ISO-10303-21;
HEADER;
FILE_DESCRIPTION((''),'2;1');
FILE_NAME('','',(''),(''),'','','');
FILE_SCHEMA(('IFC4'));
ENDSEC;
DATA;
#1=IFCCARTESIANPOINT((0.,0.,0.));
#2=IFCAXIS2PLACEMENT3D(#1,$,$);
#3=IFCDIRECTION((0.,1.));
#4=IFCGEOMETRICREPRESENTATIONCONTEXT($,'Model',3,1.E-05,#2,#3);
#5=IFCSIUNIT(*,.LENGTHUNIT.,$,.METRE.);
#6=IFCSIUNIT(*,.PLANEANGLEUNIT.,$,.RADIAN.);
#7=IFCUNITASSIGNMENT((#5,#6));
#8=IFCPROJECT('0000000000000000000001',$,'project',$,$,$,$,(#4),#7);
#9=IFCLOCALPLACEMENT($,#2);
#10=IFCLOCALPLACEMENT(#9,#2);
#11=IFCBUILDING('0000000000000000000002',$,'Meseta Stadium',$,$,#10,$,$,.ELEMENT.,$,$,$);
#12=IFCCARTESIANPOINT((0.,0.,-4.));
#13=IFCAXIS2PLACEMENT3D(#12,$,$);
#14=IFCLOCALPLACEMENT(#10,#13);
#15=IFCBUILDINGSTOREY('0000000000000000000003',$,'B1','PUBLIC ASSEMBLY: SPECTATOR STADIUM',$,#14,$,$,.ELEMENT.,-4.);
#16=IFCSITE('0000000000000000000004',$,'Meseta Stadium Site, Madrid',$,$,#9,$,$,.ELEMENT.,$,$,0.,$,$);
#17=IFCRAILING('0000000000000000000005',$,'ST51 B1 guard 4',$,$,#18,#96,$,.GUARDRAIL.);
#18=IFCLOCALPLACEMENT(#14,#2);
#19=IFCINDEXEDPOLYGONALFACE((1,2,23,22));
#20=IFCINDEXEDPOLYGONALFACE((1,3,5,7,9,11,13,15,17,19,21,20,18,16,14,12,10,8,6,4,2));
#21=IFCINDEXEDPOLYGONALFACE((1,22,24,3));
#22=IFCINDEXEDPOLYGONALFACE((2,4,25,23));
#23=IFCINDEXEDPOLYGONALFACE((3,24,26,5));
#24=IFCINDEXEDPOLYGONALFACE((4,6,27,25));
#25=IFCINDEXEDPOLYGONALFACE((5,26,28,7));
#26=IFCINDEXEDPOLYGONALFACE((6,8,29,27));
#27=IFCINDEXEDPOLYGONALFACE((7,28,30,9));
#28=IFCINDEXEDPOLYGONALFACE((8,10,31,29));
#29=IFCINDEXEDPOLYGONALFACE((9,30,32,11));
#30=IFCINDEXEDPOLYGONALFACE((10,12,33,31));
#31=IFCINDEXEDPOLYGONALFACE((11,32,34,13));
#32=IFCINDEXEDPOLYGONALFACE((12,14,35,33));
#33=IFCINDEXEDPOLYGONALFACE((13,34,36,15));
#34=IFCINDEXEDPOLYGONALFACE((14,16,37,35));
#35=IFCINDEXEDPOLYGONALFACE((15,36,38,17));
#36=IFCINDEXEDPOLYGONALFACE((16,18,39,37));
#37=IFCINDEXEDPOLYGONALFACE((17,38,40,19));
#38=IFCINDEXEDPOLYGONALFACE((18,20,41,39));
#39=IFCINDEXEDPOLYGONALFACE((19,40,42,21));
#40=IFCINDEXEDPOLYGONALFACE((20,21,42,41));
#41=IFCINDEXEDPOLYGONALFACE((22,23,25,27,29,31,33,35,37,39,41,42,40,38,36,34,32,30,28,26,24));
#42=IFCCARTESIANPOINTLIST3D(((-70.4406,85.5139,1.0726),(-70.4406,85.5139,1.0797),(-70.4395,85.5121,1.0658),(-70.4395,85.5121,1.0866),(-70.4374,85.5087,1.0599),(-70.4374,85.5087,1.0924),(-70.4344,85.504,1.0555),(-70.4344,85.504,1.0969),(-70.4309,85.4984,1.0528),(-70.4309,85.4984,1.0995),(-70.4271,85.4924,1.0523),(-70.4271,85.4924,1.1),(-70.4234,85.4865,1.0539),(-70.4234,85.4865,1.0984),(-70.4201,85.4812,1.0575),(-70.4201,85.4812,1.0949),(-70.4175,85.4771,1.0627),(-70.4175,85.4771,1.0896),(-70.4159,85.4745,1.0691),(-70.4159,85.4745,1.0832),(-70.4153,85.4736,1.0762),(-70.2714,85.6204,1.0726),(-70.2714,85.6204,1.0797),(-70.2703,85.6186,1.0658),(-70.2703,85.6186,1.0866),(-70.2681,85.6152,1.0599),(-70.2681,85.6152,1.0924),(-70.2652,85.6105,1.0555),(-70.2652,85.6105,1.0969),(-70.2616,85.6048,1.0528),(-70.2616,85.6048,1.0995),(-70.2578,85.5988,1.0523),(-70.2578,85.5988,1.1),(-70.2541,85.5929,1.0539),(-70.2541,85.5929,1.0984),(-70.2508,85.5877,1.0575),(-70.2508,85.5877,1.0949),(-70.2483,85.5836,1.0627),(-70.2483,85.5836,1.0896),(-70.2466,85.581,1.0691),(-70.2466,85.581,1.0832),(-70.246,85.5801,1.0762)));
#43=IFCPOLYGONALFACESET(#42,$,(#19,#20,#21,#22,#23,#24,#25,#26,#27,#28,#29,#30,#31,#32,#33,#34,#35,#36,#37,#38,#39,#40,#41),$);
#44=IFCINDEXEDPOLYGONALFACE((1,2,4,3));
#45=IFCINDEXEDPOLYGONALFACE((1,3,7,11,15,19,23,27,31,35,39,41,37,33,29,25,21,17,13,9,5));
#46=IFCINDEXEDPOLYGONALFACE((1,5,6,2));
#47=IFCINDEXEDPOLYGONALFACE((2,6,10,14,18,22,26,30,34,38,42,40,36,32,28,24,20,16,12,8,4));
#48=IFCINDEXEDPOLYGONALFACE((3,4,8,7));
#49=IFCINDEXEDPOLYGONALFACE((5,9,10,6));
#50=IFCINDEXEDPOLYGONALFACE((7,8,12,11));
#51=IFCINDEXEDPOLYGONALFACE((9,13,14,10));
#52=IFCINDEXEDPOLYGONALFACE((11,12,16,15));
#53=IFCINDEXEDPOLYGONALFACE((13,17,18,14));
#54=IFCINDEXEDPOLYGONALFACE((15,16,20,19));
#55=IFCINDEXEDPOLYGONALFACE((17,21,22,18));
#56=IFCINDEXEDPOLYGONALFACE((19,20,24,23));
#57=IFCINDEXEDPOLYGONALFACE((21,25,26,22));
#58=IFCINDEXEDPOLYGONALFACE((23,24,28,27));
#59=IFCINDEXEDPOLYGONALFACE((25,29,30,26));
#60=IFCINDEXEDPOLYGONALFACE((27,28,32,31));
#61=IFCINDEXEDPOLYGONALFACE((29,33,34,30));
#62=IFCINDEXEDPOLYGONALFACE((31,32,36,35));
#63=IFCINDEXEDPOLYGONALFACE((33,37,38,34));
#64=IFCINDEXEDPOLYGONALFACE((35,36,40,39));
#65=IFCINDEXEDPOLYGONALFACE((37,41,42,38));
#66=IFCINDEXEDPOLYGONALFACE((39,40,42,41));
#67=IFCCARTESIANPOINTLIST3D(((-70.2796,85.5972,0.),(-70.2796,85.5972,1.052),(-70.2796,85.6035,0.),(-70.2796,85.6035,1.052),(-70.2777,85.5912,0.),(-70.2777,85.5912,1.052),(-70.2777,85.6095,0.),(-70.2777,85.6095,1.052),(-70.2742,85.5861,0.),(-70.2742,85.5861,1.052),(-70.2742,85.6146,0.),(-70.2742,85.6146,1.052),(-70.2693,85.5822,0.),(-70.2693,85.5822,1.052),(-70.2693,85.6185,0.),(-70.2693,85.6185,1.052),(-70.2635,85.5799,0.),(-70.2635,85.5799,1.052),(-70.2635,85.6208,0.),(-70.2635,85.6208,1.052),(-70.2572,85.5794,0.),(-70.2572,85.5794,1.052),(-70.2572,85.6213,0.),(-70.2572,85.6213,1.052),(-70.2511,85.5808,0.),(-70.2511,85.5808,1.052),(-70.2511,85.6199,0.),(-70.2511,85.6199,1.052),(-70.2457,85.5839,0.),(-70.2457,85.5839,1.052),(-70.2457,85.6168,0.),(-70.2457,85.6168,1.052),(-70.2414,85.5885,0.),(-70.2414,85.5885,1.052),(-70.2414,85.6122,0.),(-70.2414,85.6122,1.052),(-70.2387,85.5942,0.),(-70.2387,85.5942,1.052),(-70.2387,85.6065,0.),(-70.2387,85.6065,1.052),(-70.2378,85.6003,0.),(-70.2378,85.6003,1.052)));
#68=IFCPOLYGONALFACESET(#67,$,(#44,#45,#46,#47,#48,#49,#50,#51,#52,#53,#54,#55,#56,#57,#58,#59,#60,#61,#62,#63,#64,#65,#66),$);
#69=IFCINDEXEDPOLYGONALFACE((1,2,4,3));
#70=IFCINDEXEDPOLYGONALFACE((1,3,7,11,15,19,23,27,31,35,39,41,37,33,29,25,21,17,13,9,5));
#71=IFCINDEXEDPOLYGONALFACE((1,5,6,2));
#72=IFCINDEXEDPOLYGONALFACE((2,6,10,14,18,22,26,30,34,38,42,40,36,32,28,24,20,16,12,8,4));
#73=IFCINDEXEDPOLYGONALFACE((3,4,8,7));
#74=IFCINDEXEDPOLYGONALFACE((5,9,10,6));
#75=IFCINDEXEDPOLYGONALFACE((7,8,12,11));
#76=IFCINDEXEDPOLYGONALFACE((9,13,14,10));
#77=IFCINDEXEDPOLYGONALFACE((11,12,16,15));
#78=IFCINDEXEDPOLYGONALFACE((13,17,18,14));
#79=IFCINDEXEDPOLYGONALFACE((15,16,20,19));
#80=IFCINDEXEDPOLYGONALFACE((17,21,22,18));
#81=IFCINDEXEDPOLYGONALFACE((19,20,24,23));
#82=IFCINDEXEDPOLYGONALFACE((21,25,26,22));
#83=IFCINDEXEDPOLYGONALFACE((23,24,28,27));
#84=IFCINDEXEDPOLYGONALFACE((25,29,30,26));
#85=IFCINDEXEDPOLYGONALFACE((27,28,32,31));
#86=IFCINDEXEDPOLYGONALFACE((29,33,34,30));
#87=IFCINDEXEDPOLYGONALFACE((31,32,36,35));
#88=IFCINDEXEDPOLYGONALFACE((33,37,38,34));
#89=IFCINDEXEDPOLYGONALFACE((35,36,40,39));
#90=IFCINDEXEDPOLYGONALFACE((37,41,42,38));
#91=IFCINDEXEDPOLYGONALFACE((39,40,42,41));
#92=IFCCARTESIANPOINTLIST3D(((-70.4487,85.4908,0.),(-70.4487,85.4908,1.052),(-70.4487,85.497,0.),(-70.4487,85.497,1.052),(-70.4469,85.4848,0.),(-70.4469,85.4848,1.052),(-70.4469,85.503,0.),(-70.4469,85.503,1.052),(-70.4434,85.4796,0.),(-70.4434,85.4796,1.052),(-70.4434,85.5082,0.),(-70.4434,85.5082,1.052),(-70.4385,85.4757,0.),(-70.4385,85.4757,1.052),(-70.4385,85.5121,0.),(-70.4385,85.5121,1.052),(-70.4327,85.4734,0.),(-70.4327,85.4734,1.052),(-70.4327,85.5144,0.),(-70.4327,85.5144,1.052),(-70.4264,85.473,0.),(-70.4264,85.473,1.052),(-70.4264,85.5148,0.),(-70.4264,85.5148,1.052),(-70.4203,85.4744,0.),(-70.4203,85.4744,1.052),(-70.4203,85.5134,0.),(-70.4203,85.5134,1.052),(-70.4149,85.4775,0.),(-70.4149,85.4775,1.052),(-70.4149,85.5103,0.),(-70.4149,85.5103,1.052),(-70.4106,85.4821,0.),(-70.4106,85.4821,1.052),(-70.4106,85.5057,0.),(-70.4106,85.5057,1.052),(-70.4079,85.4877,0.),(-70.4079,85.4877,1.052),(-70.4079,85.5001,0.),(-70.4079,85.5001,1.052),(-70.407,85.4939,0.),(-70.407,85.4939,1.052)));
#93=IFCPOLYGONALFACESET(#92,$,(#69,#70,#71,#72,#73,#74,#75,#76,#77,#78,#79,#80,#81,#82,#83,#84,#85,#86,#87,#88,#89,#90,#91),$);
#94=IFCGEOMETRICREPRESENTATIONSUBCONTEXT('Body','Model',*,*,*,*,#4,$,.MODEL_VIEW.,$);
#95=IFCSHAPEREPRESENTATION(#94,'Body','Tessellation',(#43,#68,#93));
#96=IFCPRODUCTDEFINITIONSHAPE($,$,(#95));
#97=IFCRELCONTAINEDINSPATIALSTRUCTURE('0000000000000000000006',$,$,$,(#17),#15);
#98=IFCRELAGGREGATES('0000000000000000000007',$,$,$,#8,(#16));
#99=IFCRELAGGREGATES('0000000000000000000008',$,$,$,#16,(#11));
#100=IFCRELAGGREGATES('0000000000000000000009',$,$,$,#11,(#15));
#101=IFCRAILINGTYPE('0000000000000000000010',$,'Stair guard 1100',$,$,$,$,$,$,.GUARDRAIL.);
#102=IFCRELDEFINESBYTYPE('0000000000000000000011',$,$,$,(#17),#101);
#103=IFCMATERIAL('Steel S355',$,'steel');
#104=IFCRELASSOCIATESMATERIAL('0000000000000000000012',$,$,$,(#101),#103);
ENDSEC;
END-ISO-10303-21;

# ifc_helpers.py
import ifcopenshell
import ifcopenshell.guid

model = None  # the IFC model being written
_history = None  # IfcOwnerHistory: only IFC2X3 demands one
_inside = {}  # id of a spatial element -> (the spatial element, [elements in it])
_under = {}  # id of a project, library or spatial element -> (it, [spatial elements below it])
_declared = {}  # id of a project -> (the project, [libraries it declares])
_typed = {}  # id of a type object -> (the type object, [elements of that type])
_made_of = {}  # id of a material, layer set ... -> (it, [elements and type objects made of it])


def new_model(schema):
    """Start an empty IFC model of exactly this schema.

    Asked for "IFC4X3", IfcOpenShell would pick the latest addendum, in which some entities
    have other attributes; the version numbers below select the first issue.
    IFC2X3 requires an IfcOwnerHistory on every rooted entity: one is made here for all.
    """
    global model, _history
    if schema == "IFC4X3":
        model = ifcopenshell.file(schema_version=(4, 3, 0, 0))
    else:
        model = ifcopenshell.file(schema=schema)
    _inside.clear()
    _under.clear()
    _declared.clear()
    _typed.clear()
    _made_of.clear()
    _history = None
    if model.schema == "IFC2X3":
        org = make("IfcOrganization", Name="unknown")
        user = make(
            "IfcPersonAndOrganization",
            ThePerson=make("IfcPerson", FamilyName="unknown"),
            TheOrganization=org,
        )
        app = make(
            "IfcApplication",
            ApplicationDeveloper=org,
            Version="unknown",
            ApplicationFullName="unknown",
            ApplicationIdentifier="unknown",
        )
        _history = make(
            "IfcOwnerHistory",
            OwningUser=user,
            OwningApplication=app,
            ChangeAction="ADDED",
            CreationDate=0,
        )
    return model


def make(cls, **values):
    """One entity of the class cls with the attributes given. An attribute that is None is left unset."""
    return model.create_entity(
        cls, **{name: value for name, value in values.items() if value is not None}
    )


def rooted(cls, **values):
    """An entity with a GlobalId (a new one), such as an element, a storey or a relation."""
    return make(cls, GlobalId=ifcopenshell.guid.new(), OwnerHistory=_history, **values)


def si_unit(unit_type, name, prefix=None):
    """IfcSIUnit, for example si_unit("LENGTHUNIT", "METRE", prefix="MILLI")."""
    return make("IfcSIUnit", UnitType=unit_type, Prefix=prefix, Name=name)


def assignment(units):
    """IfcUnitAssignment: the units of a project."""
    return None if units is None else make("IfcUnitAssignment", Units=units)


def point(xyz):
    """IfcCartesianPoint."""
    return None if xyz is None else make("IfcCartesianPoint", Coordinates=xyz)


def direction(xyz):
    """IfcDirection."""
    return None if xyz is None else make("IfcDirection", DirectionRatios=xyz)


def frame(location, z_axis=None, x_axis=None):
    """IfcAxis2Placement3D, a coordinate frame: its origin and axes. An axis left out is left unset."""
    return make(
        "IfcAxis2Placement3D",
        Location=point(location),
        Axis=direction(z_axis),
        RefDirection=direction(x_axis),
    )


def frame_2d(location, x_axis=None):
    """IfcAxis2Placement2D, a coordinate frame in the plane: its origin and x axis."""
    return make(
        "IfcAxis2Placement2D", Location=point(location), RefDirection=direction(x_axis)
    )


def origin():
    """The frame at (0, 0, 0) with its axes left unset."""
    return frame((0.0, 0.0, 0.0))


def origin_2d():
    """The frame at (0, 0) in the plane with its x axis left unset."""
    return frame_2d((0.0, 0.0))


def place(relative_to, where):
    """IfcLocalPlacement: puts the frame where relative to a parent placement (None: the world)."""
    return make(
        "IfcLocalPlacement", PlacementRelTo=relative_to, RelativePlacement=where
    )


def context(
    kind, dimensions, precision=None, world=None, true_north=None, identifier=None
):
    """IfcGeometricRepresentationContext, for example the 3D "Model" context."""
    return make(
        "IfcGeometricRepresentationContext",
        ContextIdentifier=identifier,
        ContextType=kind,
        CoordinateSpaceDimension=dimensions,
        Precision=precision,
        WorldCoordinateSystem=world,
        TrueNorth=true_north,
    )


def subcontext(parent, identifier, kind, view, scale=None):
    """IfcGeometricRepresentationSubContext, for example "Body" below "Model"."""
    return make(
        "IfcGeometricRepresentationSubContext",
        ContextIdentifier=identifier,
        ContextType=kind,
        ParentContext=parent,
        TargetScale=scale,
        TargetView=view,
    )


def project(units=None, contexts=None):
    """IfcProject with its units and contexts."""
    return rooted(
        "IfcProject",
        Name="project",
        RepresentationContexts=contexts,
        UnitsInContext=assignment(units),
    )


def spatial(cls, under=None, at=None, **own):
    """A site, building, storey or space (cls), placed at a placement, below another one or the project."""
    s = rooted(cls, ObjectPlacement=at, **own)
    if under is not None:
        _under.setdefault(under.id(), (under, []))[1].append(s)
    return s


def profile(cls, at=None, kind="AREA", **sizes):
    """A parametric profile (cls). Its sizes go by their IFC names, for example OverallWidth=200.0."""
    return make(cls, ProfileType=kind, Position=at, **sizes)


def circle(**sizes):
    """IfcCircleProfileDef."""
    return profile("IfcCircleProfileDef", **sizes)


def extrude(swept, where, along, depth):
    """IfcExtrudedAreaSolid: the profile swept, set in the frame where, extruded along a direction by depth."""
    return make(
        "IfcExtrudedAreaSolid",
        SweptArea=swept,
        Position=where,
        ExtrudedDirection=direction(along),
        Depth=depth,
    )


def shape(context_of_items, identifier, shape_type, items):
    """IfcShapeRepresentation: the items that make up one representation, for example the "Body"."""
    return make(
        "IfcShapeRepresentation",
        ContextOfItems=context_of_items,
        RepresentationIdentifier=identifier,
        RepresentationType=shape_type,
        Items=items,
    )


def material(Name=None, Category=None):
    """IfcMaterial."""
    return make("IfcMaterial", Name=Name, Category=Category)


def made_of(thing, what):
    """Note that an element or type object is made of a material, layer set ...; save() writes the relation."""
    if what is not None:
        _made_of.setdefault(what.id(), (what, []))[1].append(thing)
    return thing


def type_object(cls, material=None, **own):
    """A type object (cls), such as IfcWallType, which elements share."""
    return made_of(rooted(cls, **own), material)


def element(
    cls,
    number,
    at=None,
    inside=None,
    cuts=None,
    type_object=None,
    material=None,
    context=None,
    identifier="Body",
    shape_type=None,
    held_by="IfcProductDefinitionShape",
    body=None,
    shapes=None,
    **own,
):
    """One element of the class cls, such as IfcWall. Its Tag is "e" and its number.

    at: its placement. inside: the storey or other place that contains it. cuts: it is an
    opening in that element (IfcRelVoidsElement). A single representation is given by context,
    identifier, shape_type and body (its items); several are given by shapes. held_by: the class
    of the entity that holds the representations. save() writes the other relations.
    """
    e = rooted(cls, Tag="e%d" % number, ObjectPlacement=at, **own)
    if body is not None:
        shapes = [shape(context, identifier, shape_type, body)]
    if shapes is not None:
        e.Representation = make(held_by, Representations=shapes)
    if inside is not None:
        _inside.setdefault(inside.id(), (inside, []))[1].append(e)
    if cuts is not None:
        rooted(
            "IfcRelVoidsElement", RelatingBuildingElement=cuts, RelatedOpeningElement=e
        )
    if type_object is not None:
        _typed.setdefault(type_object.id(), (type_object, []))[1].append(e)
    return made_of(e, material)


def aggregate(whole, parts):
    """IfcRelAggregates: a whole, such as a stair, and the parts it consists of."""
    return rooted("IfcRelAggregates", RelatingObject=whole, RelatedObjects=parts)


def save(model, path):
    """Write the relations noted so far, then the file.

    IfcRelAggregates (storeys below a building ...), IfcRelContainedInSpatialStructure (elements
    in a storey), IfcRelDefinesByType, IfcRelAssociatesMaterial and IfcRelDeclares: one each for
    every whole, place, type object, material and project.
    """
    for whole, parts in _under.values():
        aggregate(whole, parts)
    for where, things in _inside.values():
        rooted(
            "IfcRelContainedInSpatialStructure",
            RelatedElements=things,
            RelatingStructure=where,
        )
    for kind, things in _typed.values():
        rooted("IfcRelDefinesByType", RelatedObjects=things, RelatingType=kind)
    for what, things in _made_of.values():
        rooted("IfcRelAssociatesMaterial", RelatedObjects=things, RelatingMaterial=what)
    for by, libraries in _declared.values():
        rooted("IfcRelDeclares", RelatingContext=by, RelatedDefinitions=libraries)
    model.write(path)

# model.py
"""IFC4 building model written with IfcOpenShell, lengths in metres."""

from ifc_helpers import new_model, si_unit, direction, frame, origin, origin_2d, place, context, subcontext, project, spatial, circle, extrude, material, type_object, element, save


model = new_model("IFC4")

# Units and contexts
model_context = context("Model", 3, precision=1e-05, world=origin(), true_north=direction((0.0, 1.0)))
body_context = subcontext(model_context, "Body", "Model", "MODEL_VIEW")
ifc_project = project(units=[si_unit("LENGTHUNIT", "METRE"), si_unit("PLANEANGLEUNIT", "RADIAN")], contexts=[model_context])

# Site, building, storey
site_placement = place(None, origin())
site = spatial("IfcSite", under=ifc_project, at=site_placement, Name="Meseta Stadium Site, Madrid", CompositionType="ELEMENT", RefElevation=0.0)
building_placement = place(site_placement, origin())
building = spatial("IfcBuilding", under=site, at=building_placement, Name="Meseta Stadium", CompositionType="ELEMENT")
storey_placement = place(building_placement, frame((0.0, 0.0, -4.0)))
storey = spatial("IfcBuildingStorey", under=building, at=storey_placement, Name="B1", Description="PUBLIC ASSEMBLY: SPECTATOR STADIUM", CompositionType="ELEMENT", Elevation=-4.0)

# Railing
ifc_material_1 = material(Name="Steel S355", Category="steel")
railing_type_1 = type_object("IfcRailingType", Name="Stair guard 1100", PredefinedType="GUARDRAIL", material=ifc_material_1)
railing_1_placement = place(storey_placement, frame((-70.2588, 85.6003, 0.0)))
element("IfcRailing", 1, at=railing_1_placement, inside=storey, type_object=railing_type_1, Name="ST51 B1 guard 4", PredefinedType="GUARDRAIL", context=body_context, shape_type="SweptSolid", body=[
    extrude(circle(Radius=0.0239, at=origin_2d()), frame((0.0, 0.0, 1.0762), z_axis=(-0.846416, -0.532522, 0.0), x_axis=(0.532522, -0.846416, 0.0)), (0.0, 0.0, 1.0), 0.2),
    extrude(circle(Radius=0.021, at=origin_2d()), origin(), (0.0, 0.0, 1.0), 1.052),
    extrude(circle(Radius=0.021, at=origin_2d()), frame((-0.1692, -0.1064, 0.0)), (0.0, 0.0, 1.0), 1.052),
])

save(model, "model.ifc")
